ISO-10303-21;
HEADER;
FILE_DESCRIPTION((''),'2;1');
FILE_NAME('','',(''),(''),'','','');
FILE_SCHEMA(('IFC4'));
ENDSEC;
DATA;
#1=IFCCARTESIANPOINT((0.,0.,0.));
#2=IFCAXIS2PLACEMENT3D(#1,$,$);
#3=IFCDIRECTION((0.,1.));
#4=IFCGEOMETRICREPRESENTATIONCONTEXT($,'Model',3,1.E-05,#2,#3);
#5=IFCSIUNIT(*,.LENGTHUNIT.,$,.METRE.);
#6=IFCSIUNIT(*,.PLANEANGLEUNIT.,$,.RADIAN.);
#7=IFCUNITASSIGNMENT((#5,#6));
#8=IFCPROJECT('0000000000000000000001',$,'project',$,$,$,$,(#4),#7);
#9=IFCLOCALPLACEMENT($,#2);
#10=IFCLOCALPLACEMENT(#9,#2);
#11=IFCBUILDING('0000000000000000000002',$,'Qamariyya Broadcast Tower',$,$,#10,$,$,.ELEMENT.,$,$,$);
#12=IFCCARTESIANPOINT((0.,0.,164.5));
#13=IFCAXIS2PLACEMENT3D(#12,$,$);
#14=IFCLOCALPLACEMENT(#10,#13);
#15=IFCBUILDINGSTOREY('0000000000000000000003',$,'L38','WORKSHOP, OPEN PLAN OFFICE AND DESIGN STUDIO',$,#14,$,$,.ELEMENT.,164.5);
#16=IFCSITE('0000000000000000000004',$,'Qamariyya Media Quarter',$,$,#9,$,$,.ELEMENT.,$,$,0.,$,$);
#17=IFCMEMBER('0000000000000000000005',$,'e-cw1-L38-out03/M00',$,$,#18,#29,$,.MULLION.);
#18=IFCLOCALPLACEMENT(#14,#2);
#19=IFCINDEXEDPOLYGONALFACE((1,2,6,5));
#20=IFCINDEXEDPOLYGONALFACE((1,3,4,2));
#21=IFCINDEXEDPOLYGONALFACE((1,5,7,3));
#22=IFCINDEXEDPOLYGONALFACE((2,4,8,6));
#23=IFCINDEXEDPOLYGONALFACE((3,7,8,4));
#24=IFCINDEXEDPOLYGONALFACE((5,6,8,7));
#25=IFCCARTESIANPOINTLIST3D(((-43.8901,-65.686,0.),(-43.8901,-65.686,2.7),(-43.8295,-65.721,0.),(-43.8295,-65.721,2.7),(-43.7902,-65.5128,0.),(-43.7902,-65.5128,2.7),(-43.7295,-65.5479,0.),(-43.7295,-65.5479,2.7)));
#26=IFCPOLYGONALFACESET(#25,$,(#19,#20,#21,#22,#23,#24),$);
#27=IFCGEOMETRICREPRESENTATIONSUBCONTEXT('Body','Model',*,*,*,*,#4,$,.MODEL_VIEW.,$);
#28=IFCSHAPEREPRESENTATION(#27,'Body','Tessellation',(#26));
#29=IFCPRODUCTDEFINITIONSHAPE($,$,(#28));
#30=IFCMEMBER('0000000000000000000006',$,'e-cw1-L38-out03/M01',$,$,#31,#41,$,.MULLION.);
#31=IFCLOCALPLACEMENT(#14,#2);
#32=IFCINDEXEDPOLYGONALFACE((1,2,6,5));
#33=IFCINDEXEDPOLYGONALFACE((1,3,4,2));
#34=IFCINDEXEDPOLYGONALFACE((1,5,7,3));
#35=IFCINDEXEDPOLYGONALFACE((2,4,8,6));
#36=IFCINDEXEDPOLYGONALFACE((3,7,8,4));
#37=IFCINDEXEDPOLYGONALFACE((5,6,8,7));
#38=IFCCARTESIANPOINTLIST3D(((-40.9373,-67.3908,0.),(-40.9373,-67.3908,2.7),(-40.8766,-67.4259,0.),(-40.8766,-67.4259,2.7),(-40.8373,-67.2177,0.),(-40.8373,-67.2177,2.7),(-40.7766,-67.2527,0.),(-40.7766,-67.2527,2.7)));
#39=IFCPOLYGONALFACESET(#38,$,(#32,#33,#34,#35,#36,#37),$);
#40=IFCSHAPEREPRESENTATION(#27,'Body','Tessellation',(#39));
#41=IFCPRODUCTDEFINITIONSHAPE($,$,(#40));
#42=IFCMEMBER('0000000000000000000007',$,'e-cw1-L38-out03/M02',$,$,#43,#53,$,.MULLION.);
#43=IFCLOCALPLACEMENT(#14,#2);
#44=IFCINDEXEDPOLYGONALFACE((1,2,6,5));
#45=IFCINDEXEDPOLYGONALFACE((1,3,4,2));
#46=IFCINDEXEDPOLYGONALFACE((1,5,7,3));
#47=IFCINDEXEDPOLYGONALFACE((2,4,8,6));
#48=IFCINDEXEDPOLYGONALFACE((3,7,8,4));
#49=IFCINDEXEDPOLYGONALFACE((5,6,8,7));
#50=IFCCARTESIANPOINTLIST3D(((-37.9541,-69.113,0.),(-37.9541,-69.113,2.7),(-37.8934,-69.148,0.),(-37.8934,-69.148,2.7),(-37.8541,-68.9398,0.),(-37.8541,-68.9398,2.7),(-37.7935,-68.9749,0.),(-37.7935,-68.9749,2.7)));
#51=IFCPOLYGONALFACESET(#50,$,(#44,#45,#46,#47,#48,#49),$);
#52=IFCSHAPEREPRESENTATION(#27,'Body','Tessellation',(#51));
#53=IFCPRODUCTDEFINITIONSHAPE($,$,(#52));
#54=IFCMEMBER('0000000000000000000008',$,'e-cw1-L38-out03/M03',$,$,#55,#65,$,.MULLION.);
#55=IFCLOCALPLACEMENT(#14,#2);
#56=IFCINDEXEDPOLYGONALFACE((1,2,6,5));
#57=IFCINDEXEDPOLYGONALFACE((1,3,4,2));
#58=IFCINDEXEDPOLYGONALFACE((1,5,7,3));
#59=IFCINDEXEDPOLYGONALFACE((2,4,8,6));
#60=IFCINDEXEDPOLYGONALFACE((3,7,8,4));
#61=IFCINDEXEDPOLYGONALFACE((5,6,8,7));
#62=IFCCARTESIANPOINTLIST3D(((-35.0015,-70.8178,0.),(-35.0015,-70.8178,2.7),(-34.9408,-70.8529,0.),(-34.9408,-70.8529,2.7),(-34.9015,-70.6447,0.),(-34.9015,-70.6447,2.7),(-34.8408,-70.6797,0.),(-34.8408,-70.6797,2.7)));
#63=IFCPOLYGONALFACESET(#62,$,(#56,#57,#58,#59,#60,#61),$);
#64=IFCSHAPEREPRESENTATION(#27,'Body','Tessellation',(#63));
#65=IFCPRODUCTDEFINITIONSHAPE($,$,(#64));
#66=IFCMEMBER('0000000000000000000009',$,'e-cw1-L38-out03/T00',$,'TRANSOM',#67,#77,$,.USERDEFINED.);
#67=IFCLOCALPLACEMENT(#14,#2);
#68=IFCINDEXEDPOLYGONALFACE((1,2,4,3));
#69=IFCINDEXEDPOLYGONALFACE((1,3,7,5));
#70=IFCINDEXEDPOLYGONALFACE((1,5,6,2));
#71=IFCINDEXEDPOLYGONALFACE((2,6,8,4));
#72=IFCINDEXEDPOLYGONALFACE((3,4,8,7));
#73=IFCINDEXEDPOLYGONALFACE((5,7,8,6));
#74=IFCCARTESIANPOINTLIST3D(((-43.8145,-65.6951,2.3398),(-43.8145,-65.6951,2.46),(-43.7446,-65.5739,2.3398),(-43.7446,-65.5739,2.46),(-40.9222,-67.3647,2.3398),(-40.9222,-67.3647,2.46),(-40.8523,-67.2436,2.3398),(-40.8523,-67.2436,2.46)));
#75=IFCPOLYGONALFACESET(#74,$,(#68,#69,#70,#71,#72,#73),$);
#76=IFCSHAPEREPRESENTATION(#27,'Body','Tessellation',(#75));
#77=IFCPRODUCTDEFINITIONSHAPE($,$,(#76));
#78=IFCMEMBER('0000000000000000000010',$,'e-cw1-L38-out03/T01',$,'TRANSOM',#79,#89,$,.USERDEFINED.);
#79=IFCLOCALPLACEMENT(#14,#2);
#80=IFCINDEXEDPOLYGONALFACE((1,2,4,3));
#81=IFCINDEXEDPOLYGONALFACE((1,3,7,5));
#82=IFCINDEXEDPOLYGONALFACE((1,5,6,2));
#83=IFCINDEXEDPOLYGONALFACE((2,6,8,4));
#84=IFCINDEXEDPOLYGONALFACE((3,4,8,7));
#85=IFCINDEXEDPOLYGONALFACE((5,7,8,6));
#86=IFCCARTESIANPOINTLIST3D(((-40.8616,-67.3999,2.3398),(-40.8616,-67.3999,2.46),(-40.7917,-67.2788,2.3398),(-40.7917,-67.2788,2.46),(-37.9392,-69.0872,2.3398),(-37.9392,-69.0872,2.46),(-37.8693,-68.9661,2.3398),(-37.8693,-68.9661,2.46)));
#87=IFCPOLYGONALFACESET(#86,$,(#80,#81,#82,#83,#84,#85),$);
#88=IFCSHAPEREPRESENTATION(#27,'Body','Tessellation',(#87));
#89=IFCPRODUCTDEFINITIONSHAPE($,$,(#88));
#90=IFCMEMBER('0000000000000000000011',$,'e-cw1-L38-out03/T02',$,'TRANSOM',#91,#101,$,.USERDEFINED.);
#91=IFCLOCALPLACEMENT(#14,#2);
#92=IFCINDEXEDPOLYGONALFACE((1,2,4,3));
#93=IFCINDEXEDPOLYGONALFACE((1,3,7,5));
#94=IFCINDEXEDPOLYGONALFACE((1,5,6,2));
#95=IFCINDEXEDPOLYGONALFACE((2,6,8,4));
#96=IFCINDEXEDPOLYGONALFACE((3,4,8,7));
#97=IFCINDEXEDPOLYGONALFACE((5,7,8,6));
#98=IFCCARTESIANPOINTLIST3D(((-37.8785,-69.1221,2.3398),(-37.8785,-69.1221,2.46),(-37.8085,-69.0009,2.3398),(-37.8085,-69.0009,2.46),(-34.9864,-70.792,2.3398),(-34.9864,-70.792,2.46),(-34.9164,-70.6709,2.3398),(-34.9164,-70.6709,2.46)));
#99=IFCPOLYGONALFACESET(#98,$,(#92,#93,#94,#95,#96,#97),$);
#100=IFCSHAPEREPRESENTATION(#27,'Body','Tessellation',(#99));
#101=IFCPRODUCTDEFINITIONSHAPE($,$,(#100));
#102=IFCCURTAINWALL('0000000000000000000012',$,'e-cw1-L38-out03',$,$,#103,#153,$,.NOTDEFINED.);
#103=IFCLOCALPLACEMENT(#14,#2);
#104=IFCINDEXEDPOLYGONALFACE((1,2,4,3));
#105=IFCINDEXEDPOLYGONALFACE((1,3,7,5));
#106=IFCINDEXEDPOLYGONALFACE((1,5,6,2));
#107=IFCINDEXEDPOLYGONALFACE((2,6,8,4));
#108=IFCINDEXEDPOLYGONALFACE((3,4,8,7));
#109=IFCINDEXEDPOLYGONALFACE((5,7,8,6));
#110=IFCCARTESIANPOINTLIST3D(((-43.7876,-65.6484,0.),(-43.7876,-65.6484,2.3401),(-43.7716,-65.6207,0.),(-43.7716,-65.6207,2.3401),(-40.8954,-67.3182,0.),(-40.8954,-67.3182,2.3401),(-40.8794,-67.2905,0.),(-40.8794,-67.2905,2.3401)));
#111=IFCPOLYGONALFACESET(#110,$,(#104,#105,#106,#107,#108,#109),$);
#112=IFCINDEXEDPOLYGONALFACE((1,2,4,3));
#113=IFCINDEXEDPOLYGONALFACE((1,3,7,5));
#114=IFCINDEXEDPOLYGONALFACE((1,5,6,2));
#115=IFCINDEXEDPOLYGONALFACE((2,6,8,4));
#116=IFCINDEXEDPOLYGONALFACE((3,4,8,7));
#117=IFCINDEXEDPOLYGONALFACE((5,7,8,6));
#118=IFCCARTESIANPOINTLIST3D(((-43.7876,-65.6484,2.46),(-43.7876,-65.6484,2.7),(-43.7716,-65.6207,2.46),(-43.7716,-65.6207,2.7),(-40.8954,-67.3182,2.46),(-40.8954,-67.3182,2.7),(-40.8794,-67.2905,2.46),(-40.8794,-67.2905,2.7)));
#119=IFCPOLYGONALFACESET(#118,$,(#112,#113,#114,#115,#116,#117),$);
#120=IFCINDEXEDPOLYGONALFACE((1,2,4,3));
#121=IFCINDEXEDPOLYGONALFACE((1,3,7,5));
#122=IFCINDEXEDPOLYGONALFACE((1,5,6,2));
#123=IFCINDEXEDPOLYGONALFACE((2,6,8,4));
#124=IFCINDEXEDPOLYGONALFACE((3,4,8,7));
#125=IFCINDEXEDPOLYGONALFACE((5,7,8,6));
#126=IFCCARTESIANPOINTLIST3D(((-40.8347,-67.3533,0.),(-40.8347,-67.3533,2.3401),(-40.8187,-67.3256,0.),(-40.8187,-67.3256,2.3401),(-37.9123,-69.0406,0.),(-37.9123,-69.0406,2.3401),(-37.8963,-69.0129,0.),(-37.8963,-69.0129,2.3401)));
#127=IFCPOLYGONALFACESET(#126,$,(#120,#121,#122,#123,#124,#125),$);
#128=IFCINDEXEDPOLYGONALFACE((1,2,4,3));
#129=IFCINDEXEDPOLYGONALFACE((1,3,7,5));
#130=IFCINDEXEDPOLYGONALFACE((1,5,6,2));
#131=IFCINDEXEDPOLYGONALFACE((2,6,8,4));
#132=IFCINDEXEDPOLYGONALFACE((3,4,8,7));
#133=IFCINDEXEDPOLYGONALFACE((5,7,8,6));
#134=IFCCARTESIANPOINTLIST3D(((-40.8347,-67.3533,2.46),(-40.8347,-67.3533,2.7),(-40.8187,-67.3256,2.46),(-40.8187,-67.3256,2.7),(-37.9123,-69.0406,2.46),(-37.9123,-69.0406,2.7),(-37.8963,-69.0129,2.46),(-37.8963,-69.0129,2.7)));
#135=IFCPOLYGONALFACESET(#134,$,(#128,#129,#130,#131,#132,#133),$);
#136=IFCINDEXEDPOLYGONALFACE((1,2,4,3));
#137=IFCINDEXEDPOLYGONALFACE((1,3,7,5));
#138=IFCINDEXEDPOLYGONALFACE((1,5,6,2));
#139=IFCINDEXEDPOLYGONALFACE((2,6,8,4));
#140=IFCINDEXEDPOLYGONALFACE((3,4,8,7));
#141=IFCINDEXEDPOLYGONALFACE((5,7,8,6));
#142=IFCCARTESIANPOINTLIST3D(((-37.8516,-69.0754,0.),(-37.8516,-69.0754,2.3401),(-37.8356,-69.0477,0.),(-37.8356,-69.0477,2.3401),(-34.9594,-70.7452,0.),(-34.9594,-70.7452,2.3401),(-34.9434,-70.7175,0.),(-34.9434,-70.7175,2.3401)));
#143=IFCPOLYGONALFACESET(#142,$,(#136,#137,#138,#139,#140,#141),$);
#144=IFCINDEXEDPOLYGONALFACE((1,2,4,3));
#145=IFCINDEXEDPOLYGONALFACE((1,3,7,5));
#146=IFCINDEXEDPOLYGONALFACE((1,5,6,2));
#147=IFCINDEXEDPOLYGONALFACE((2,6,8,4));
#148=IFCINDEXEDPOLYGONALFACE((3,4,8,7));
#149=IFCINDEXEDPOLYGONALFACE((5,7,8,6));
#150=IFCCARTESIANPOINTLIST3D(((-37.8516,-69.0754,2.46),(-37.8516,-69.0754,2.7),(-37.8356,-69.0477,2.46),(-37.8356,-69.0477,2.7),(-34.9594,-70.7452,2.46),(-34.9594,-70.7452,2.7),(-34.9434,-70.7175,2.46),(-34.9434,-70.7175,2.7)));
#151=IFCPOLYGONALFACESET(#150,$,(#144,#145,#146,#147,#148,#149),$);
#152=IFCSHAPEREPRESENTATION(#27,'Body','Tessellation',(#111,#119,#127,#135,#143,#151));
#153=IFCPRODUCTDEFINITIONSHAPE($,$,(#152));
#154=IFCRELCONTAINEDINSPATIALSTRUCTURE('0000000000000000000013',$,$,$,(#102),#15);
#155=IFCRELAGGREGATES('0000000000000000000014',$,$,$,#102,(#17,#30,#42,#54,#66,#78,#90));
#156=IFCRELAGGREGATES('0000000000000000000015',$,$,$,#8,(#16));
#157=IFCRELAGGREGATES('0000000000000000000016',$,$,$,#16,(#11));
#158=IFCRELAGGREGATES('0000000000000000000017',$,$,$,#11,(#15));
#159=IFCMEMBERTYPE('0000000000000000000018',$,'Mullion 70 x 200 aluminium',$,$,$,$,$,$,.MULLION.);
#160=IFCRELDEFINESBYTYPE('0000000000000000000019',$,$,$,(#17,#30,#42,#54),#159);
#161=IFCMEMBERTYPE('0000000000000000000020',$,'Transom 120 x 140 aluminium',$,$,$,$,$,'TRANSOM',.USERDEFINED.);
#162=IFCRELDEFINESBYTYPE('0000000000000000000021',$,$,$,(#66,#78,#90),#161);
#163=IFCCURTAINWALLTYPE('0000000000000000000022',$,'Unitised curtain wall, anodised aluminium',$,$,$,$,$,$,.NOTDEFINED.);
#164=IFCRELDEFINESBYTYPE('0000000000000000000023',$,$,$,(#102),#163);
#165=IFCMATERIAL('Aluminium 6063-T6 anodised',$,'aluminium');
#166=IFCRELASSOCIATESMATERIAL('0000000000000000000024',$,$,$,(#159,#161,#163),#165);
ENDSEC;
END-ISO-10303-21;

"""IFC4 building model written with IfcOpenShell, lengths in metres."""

from ifc_helpers import new_model, si_unit, direction, frame, origin, origin_2d, place, context, subcontext, project, spatial, rectangle, extrude, material, material_profile, profile_set, type_object, element, aggregate, save


model = new_model("IFC4")

# Units and contexts
model_context = context("Model", 3, precision=1e-05, world=origin(), true_north=direction((0.0, 1.0)))
body_context = subcontext(model_context, "Body", "Model", "MODEL_VIEW")
ifc_project = project(units=[si_unit("LENGTHUNIT", "METRE"), si_unit("PLANEANGLEUNIT", "RADIAN")], contexts=[model_context])

# Members
ifc_material = material(Name="Aluminium 6063-T6 anodised", Category="aluminium")
ifc_material_profile_1 = material_profile(ifc_material, rectangle(XDim=0.2, YDim=0.0701, at=origin_2d()))
ifc_profile_set_1 = profile_set([ifc_material_profile_1], Name="Aluminium 6063-T6 anodised")
member_type_1 = type_object("IfcMemberType", Name="Mullion 70 x 200 aluminium", PredefinedType="MULLION", material=ifc_profile_set_1)
site_placement = place(None, origin())
building_placement = place(site_placement, origin())
storey_placement = place(building_placement, frame((0.0, 0.0, 164.5)))
member_1_placement = place(storey_placement, frame((-43.8098, -65.6169, 0.0), z_axis=(0.0, 0.0, 1.0), x_axis=(0.5, 0.866025, 0.0)))
member_1 = element("IfcMember", 1, at=member_1_placement, type_object=member_type_1, Name="e-cw1-L38-out03/M00", PredefinedType="MULLION", context=body_context, shape_type="SweptSolid", body=[
    extrude(rectangle(XDim=0.2, YDim=0.0701, at=origin_2d()), origin(), (0.0, 0.0, 1.0), 2.7),
])
member_2_placement = place(storey_placement, frame((-40.8569, -67.3218, 0.0), z_axis=(0.0, 0.0, 1.0), x_axis=(0.5, 0.866025, 0.0)))
member_2 = element("IfcMember", 2, at=member_2_placement, type_object=member_type_1, Name="e-cw1-L38-out03/M01", PredefinedType="MULLION", context=body_context, shape_type="SweptSolid", body=[
    extrude(rectangle(XDim=0.2, YDim=0.0701, at=origin_2d()), origin(), (0.0, 0.0, 1.0), 2.7),
])
member_3_placement = place(storey_placement, frame((-37.8738, -69.0439, 0.0), z_axis=(0.0, 0.0, 1.0), x_axis=(0.5, 0.866025, 0.0)))
member_3 = element("IfcMember", 3, at=member_3_placement, type_object=member_type_1, Name="e-cw1-L38-out03/M02", PredefinedType="MULLION", context=body_context, shape_type="SweptSolid", body=[
    extrude(rectangle(XDim=0.2, YDim=0.0701, at=origin_2d()), origin(), (0.0, 0.0, 1.0), 2.7),
])
member_4_placement = place(storey_placement, frame((-34.9211, -70.7488, 0.0), z_axis=(0.0, 0.0, 1.0), x_axis=(0.5, 0.866025, 0.0)))
member_4 = element("IfcMember", 4, at=member_4_placement, type_object=member_type_1, Name="e-cw1-L38-out03/M03", PredefinedType="MULLION", context=body_context, shape_type="SweptSolid", body=[
    extrude(rectangle(XDim=0.2, YDim=0.0701, at=origin_2d()), origin(), (0.0, 0.0, 1.0), 2.7),
])
ifc_material_profile_2 = material_profile(ifc_material, rectangle(XDim=0.1399, YDim=0.1201, at=origin_2d()))
ifc_profile_set_2 = profile_set([ifc_material_profile_2], Name="Aluminium 6063-T6 anodised")
member_type_2 = type_object("IfcMemberType", Name="Transom 120 x 140 aluminium", ElementType="TRANSOM", PredefinedType="USERDEFINED", material=ifc_profile_set_2)
member_5_placement = place(storey_placement, frame((-43.7795, -65.6345, 2.3999), z_axis=(0.866053, -0.499952, 0.0), x_axis=(0.499952, 0.866053, 0.0)))
member_5 = element("IfcMember", 5, at=member_5_placement, type_object=member_type_2, Name="e-cw1-L38-out03/T00", ObjectType="TRANSOM", PredefinedType="USERDEFINED", context=body_context, shape_type="SweptSolid", body=[
    extrude(rectangle(XDim=0.1399, YDim=0.1201, at=origin_2d()), origin(), (0.0, 0.0, 1.0), 3.3396),
])
member_6_placement = place(storey_placement, frame((-40.8267, -67.3394, 2.3999), z_axis=(0.866022, -0.500006, 0.0), x_axis=(0.500006, 0.866022, 0.0)))
member_6 = element("IfcMember", 6, at=member_6_placement, type_object=member_type_2, Name="e-cw1-L38-out03/T01", ObjectType="TRANSOM", PredefinedType="USERDEFINED", context=body_context, shape_type="SweptSolid", body=[
    extrude(rectangle(XDim=0.1399, YDim=0.1201, at=origin_2d()), origin(), (0.0, 0.0, 1.0), 3.3745),
])
member_7_placement = place(storey_placement, frame((-37.8435, -69.0615, 2.3999), z_axis=(0.866003, -0.500039, 0.0), x_axis=(0.500039, 0.866003, 0.0)))
member_7 = element("IfcMember", 7, at=member_7_placement, type_object=member_type_2, Name="e-cw1-L38-out03/T02", ObjectType="TRANSOM", PredefinedType="USERDEFINED", context=body_context, shape_type="SweptSolid", body=[
    extrude(rectangle(XDim=0.1399, YDim=0.1201, at=origin_2d()), origin(), (0.0, 0.0, 1.0), 3.3396),
])

# Site, building, storey
site = spatial("IfcSite", under=ifc_project, at=site_placement, Name="Qamariyya Media Quarter", CompositionType="ELEMENT", RefElevation=0.0)
building = spatial("IfcBuilding", under=site, at=building_placement, Name="Qamariyya Broadcast Tower", CompositionType="ELEMENT")
storey = spatial("IfcBuildingStorey", under=building, at=storey_placement, Name="L38", Description="WORKSHOP, OPEN PLAN OFFICE AND DESIGN STUDIO", CompositionType="ELEMENT", Elevation=164.5)

# Curtain wall
curtain_wall_type = type_object("IfcCurtainWallType", Name="Unitised curtain wall, anodised aluminium", PredefinedType="NOTDEFINED", material=ifc_material)
curtain_wall_1_placement = place(storey_placement, origin())
curtain_wall_1 = element("IfcCurtainWall", 8, at=curtain_wall_1_placement, inside=storey, type_object=curtain_wall_type, Name="e-cw1-L38-out03", PredefinedType="NOTDEFINED", context=body_context, shape_type="SweptSolid", body=[
    extrude(rectangle(XDim=3.3396, YDim=0.032, at=origin_2d()), frame((-42.3335, -66.4695, 0.0), x_axis=(0.866029, -0.499994, 0.0)), (0.0, 0.0, 1.0), 2.3401),
    extrude(rectangle(XDim=3.3396, YDim=0.032, at=origin_2d()), frame((-42.3335, -66.4695, 2.46), x_axis=(0.866029, -0.499994, 0.0)), (0.0, 0.0, 1.0), 0.24),
    extrude(rectangle(XDim=3.3745, YDim=0.032, at=origin_2d()), frame((-39.3655, -68.1831, 0.0), x_axis=(0.866029, -0.499994, 0.0)), (0.0, 0.0, 1.0), 2.3401),
    extrude(rectangle(XDim=3.3745, YDim=0.032, at=origin_2d()), frame((-39.3655, -68.1831, 2.46), x_axis=(0.866029, -0.499994, 0.0)), (0.0, 0.0, 1.0), 0.24),
    extrude(rectangle(XDim=3.3396, YDim=0.032, at=origin_2d()), frame((-36.3975, -69.8965, 0.0), x_axis=(0.866029, -0.499994, 0.0)), (0.0, 0.0, 1.0), 2.3401),
    extrude(rectangle(XDim=3.3396, YDim=0.032, at=origin_2d()), frame((-36.3975, -69.8965, 2.46), x_axis=(0.866029, -0.499994, 0.0)), (0.0, 0.0, 1.0), 0.24),
])
aggregate(curtain_wall_1, [member_1, member_2, member_3, member_4, member_5, member_6, member_7])

save(model, "model.ifc")
